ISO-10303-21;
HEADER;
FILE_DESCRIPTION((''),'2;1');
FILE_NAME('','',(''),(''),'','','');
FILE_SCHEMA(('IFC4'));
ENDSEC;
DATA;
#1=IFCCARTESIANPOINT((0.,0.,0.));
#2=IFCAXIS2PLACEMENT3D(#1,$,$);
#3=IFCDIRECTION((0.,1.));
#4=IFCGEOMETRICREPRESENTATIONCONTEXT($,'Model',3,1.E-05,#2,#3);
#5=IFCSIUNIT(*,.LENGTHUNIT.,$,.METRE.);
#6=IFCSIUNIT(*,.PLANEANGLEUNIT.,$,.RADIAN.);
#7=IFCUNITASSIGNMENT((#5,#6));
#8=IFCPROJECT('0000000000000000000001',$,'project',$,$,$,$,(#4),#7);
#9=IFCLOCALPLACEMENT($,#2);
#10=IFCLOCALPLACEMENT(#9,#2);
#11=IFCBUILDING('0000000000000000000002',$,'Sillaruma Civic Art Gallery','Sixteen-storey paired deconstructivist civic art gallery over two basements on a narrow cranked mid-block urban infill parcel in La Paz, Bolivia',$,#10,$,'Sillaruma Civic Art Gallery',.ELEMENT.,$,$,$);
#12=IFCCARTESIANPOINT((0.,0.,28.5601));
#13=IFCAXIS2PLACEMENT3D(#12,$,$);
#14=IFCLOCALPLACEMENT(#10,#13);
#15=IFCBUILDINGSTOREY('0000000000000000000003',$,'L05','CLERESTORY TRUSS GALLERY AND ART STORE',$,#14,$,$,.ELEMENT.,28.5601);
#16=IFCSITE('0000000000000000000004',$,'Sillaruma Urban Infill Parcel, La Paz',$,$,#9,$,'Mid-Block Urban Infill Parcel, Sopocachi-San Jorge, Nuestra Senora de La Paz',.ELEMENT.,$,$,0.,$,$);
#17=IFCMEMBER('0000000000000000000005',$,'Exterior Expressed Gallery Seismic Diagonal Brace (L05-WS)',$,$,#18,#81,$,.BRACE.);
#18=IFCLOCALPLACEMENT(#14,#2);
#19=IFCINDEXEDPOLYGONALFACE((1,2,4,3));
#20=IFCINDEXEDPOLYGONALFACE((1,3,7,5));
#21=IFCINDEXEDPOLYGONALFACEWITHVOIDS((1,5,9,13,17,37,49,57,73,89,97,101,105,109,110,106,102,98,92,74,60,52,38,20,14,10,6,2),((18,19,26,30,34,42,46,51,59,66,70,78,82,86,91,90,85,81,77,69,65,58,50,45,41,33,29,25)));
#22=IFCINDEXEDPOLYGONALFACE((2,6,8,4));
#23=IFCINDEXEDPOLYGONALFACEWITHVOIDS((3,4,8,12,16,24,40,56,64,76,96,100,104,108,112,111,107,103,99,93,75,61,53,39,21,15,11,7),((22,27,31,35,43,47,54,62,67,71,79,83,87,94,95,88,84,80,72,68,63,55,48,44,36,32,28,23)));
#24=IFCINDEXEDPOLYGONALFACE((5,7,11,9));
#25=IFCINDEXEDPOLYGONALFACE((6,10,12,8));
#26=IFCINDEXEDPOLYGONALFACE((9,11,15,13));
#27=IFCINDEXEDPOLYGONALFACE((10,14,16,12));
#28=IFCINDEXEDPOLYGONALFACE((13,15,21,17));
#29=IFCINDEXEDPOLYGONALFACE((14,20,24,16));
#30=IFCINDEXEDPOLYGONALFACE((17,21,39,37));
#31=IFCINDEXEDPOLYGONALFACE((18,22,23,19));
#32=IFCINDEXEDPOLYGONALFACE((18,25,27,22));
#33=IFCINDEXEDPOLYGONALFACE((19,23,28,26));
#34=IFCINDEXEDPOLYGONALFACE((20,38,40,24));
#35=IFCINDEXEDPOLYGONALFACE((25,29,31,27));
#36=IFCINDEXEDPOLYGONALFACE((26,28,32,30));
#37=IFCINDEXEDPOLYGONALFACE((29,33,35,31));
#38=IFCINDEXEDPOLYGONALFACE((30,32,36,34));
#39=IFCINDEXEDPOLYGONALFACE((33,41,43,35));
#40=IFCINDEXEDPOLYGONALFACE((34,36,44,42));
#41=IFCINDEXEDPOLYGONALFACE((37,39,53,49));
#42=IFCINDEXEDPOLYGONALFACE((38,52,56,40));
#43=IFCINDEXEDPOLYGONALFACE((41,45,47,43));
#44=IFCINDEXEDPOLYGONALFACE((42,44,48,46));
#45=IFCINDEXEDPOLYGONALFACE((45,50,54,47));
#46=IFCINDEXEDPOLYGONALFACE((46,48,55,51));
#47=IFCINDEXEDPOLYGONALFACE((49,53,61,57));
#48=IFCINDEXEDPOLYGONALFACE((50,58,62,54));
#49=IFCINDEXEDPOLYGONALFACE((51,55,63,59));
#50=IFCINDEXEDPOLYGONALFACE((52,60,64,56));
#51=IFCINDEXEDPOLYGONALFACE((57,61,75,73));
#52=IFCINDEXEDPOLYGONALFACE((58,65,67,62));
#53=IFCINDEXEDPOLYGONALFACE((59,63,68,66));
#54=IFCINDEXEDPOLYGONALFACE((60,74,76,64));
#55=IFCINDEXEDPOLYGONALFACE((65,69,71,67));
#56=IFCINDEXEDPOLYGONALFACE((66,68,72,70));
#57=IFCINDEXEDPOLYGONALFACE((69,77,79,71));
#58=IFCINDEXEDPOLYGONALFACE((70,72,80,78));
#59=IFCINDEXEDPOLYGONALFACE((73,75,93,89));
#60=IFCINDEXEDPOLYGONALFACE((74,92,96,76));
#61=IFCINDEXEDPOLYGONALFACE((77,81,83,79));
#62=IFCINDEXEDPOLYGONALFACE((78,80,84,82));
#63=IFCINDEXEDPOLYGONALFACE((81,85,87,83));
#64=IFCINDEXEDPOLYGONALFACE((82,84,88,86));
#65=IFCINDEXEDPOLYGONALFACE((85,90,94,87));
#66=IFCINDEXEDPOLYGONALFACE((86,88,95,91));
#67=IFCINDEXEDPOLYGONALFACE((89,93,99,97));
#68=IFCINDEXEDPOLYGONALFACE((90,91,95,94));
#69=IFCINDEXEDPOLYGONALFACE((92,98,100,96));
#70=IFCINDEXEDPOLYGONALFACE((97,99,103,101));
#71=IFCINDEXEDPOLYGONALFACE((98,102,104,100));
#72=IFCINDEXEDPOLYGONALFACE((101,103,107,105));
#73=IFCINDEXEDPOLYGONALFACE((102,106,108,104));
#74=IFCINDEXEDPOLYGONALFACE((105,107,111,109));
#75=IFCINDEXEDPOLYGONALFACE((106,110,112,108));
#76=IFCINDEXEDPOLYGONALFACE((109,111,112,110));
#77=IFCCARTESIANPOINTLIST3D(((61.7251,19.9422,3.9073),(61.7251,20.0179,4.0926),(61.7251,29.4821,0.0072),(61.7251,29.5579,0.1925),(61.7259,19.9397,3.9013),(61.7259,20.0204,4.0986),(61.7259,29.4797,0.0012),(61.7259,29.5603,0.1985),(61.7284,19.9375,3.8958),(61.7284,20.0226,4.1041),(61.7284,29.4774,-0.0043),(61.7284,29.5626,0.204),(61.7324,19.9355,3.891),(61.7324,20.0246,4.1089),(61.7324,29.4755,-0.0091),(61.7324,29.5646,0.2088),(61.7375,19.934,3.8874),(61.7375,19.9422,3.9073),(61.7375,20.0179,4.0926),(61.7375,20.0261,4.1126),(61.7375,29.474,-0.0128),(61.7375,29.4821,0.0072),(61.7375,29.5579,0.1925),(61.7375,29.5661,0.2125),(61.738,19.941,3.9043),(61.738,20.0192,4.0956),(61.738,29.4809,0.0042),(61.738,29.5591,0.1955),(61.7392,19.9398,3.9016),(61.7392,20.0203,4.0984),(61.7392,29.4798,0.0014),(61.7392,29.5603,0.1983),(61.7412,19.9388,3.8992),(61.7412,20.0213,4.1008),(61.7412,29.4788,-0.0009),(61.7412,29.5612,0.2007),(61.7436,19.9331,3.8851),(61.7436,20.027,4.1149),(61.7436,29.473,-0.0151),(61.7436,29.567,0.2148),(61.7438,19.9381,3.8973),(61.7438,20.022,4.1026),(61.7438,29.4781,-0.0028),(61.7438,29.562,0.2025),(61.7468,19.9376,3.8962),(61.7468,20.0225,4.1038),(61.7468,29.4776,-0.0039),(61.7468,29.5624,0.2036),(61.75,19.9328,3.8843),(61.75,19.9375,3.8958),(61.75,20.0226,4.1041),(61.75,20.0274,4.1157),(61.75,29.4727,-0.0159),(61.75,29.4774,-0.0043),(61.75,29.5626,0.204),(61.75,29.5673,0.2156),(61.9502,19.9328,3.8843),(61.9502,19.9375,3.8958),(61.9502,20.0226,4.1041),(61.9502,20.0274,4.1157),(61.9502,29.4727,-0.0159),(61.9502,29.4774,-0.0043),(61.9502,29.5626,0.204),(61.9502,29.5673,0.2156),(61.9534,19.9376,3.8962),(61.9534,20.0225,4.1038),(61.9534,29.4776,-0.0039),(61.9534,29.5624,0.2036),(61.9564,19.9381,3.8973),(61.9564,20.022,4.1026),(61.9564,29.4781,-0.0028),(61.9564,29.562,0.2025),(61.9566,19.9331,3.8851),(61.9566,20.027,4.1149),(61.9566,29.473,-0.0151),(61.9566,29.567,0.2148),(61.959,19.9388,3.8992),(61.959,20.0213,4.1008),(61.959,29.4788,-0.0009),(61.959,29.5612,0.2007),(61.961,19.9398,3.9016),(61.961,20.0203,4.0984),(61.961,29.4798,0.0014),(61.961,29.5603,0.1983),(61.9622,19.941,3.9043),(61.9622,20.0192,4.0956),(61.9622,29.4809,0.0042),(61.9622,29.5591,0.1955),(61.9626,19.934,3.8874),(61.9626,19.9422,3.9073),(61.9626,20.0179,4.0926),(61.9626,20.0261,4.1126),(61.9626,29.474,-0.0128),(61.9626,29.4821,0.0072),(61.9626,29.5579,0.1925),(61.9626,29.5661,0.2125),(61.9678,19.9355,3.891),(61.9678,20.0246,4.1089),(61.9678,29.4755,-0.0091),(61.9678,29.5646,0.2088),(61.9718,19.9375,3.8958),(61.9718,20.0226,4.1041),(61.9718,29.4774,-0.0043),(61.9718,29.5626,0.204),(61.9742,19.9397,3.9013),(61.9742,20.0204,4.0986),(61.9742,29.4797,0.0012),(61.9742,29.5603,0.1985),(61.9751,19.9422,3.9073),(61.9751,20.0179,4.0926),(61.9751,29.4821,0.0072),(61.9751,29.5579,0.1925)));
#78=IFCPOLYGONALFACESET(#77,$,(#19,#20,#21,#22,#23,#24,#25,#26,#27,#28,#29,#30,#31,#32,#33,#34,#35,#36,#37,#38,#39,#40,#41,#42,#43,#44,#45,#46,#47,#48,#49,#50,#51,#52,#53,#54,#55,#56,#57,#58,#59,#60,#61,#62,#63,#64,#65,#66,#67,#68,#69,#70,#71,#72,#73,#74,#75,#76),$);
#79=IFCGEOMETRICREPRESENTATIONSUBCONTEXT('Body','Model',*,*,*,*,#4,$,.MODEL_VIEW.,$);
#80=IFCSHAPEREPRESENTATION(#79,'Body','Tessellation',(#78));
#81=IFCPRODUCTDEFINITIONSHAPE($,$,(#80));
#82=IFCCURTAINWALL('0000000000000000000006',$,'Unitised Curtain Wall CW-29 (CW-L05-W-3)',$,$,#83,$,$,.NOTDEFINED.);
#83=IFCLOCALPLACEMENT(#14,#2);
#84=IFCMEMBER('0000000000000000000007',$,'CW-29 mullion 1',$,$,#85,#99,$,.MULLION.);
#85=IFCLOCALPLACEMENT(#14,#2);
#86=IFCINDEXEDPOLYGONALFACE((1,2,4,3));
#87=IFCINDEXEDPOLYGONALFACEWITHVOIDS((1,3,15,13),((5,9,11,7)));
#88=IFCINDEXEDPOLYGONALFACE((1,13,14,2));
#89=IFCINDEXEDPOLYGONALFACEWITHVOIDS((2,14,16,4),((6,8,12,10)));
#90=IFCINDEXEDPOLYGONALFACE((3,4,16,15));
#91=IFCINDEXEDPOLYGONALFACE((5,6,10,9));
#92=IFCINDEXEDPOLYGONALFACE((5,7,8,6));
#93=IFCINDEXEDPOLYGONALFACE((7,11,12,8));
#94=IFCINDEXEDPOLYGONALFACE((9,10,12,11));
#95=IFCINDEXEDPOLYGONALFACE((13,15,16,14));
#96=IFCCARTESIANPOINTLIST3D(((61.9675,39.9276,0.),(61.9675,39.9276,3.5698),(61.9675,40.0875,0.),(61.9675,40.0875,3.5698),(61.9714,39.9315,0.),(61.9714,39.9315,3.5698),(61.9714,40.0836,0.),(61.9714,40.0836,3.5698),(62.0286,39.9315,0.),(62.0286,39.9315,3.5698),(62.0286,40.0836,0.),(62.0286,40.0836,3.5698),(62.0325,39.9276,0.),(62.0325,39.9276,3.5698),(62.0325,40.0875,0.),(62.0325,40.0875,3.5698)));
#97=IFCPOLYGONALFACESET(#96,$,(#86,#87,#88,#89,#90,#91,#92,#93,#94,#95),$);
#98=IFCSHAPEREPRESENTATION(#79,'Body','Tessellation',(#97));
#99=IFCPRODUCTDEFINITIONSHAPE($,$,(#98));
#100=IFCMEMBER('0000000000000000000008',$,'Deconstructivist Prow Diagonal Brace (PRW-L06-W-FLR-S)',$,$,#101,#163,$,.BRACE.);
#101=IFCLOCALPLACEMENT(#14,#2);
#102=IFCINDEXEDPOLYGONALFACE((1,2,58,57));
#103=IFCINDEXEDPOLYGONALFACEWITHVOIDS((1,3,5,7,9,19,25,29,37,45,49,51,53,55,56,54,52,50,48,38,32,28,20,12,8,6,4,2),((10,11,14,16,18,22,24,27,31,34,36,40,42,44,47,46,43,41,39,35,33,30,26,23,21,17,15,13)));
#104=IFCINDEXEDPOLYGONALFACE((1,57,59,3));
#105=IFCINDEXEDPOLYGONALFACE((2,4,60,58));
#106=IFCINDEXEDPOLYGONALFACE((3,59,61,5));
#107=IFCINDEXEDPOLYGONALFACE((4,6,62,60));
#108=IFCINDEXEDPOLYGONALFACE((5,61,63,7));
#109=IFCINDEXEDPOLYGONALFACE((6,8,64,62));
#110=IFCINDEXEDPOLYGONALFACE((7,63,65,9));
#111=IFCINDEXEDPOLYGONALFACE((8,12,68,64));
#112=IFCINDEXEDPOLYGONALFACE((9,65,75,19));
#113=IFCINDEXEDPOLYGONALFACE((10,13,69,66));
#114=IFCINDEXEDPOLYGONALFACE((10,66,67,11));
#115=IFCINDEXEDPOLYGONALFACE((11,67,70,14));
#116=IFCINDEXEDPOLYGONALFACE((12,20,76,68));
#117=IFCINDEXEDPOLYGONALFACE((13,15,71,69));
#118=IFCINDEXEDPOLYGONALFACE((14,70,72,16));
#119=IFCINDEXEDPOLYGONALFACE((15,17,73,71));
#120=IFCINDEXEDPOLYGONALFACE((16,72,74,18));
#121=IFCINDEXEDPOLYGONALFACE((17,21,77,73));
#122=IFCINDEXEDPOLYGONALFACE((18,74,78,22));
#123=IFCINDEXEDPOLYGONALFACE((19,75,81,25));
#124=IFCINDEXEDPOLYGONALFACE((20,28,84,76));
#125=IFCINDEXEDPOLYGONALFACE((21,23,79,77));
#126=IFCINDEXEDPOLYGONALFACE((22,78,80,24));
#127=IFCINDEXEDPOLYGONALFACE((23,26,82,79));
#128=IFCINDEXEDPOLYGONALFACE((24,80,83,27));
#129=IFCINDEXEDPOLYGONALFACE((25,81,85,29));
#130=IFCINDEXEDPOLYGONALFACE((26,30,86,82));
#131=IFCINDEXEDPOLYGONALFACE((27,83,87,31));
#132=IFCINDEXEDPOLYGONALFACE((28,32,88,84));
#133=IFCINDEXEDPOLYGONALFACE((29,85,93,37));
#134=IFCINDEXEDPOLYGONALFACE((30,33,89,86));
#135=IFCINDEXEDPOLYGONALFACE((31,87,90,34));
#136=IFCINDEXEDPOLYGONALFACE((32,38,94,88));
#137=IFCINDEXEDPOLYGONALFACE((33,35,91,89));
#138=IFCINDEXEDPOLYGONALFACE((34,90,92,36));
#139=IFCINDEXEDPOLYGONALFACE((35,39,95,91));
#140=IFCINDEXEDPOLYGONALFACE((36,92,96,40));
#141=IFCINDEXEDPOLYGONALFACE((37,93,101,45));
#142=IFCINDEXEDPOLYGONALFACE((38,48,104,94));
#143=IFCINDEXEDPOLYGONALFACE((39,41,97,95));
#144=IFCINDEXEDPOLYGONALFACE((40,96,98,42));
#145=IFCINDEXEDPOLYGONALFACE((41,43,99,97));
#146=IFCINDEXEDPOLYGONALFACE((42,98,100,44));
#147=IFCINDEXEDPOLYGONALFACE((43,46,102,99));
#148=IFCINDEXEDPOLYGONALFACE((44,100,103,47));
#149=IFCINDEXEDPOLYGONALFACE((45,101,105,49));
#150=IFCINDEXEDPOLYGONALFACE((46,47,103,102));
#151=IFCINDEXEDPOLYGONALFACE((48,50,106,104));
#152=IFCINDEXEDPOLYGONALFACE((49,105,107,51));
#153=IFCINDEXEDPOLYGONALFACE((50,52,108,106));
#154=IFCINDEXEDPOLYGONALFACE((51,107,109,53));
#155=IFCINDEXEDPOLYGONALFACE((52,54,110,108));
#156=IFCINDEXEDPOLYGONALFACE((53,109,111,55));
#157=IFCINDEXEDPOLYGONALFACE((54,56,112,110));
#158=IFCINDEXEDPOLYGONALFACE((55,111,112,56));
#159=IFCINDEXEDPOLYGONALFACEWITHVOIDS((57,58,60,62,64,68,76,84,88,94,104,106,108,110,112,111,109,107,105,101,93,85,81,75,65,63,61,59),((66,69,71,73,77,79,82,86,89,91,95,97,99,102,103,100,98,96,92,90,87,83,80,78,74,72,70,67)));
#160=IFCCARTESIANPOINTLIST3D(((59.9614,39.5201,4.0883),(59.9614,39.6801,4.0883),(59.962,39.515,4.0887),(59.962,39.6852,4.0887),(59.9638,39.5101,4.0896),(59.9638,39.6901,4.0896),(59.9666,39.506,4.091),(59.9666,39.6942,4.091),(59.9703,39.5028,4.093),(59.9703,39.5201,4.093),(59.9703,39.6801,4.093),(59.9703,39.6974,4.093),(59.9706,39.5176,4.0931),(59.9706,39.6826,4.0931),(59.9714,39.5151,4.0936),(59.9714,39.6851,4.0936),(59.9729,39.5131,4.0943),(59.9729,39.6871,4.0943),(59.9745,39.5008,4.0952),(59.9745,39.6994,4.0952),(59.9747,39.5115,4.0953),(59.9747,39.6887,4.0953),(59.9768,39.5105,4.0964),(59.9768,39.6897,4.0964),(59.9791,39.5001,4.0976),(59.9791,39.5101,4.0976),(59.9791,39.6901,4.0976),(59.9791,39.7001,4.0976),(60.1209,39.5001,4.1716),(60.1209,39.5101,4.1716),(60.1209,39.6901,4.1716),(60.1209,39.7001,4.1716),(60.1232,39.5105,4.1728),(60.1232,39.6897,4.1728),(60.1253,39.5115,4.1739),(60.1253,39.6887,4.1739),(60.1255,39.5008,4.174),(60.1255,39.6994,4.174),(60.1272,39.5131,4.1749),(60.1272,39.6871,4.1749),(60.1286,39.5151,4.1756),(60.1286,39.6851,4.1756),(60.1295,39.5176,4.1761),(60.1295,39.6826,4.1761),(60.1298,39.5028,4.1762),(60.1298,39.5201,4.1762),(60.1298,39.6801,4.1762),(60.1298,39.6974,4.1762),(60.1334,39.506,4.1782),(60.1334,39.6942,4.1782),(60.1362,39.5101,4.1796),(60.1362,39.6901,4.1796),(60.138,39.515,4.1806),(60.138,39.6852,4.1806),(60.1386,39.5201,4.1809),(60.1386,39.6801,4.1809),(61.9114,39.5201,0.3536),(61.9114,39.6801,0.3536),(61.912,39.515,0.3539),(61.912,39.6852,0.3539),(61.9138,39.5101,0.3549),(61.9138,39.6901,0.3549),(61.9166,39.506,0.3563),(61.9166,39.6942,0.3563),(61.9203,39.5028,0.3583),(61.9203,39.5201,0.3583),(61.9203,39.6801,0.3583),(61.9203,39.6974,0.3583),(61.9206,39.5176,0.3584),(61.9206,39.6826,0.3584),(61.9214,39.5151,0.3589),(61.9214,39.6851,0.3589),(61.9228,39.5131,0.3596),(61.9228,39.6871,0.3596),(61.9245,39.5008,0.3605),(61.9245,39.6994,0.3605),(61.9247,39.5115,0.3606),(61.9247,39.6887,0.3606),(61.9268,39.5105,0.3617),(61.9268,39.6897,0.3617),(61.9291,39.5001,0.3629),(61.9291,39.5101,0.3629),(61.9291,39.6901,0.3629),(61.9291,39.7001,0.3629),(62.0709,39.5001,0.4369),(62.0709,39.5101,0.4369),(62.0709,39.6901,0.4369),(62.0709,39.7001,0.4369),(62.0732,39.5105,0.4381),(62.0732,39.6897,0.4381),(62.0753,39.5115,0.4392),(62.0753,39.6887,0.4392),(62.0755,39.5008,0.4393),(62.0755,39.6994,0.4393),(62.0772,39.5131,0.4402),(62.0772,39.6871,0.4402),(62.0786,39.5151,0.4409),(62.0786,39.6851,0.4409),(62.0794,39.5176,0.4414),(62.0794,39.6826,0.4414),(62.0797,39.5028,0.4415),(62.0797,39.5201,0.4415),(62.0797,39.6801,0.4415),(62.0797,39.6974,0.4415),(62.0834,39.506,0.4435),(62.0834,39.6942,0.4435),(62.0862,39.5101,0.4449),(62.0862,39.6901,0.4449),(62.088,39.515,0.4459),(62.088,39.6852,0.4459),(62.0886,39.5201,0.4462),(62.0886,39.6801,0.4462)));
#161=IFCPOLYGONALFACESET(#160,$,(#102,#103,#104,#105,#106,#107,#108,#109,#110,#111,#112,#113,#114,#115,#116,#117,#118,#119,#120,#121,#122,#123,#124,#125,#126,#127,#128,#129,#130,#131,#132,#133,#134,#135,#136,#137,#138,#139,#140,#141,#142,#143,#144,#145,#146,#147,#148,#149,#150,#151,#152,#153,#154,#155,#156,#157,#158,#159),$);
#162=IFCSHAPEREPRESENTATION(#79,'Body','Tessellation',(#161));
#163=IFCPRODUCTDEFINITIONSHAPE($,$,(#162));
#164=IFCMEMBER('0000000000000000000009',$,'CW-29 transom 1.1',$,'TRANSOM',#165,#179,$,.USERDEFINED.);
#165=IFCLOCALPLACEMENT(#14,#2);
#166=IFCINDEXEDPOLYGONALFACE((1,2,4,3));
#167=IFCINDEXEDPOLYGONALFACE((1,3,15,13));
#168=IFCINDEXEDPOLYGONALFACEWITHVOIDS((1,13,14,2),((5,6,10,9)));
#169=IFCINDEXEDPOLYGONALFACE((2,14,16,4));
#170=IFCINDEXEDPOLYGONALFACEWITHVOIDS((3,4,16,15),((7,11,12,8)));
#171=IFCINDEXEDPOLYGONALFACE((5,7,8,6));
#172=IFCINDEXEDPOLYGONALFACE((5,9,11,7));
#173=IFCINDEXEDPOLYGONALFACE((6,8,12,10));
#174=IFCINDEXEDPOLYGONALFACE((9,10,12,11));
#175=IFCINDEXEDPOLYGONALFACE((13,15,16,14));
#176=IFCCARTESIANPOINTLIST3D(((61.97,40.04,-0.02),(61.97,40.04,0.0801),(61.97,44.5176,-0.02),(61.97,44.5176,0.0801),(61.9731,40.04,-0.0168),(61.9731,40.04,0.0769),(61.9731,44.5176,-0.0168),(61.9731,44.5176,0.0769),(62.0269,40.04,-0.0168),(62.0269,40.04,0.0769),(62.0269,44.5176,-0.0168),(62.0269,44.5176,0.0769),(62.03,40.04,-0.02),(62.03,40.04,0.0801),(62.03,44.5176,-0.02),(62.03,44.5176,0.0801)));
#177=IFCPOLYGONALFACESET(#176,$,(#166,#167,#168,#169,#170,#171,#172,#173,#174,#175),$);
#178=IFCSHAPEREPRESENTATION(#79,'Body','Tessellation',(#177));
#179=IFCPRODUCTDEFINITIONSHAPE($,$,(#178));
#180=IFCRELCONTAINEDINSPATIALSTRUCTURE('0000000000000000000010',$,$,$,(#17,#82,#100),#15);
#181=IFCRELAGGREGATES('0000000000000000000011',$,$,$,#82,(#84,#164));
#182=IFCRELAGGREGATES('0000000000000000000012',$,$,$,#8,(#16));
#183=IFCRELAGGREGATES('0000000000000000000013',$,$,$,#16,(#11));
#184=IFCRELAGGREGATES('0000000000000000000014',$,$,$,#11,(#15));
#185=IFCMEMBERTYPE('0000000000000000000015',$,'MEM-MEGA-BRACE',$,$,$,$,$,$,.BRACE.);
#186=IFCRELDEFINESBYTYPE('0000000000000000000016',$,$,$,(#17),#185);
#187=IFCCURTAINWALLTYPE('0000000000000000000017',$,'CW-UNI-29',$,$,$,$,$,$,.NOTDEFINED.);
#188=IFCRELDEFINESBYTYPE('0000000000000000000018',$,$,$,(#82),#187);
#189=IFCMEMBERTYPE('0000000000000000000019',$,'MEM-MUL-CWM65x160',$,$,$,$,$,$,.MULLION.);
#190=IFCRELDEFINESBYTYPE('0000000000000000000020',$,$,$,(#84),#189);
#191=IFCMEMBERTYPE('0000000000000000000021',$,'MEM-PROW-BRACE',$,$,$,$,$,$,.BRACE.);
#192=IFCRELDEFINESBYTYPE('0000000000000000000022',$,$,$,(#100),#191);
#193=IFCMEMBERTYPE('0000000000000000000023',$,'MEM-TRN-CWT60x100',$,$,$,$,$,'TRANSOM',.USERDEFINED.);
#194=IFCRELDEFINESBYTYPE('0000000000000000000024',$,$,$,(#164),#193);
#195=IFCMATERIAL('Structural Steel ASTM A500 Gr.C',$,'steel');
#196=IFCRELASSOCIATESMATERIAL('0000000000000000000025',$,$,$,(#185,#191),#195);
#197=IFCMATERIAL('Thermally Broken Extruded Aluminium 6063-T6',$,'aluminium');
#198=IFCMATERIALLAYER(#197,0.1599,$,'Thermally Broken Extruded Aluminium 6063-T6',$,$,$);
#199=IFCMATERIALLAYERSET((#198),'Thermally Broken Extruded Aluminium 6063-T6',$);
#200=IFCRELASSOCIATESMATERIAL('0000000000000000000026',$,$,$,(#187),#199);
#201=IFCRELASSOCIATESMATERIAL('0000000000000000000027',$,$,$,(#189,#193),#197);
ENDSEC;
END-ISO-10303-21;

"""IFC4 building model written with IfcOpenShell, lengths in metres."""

from ifc_helpers import new_model, si_unit, direction, frame, origin, origin_2d, place, context, subcontext, project, spatial, hollow_rectangle, extrude, material, layer, layer_set, material_profile, profile_set, type_object, element, aggregate, save


model = new_model("IFC4")

# Units and contexts
model_context = context("Model", 3, precision=1e-05, world=origin(), true_north=direction((0.0, 1.0)))
body_context = subcontext(model_context, "Body", "Model", "MODEL_VIEW")
ifc_project = project(units=[si_unit("LENGTHUNIT", "METRE"), si_unit("PLANEANGLEUNIT", "RADIAN")], contexts=[model_context])

# Site, building, storey
site_placement = place(None, origin())
site = spatial("IfcSite", under=ifc_project, at=site_placement, Name="Sillaruma Urban Infill Parcel, La Paz", LongName="Mid-Block Urban Infill Parcel, Sopocachi-San Jorge, Nuestra Senora de La Paz", CompositionType="ELEMENT", RefElevation=0.0)
building_placement = place(site_placement, origin())
building = spatial("IfcBuilding", under=site, at=building_placement, Name="Sillaruma Civic Art Gallery", Description="Sixteen-storey paired deconstructivist civic art gallery over two basements on a narrow cranked mid-block urban infill parcel in La Paz, Bolivia", LongName="Sillaruma Civic Art Gallery", CompositionType="ELEMENT")
storey_placement = place(building_placement, frame((0.0, 0.0, 28.5601)))
storey = spatial("IfcBuildingStorey", under=building, at=storey_placement, Name="L05", Description="CLERESTORY TRUSS GALLERY AND ART STORE", CompositionType="ELEMENT", Elevation=28.5601)

# Member
ifc_material_1 = material(Name="Structural Steel ASTM A500 Gr.C", Category="steel")
ifc_material_profile_1 = material_profile(ifc_material_1, hollow_rectangle(XDim=0.25, YDim=0.25, WallThickness=0.0125, InnerFilletRadius=0.0125, OuterFilletRadius=0.0249, at=origin_2d()), Name="HSS250x250x12.5")
ifc_profile_set_1 = profile_set([ifc_material_profile_1], Name="Structural Steel ASTM A500 Gr.C")
member_type_1 = type_object("IfcMemberType", Name="MEM-MEGA-BRACE", PredefinedType="BRACE", material=ifc_profile_set_1)
member_1_placement = place(storey_placement, frame((61.8501, 29.52, 0.0999), z_axis=(0.0, -0.925635, 0.378417), x_axis=(1.0, 0.0, 0.0)))
element("IfcMember", 1, at=member_1_placement, inside=storey, type_object=member_type_1, Name="Exterior Expressed Gallery Seismic Diagonal Brace (L05-WS)", PredefinedType="BRACE", context=body_context, shape_type="SweptSolid", body=[
    extrude(hollow_rectangle(XDim=0.25, YDim=0.25, WallThickness=0.0125, InnerFilletRadius=0.0125, OuterFilletRadius=0.0249, at=origin_2d()), origin(), (0.0, 0.0, 1.0), 10.3064),
])

# Curtain wall, member
ifc_material_2 = material(Name="Thermally Broken Extruded Aluminium 6063-T6", Category="aluminium")
ifc_layer_1 = layer(ifc_material_2, 0.1599, Name="Thermally Broken Extruded Aluminium 6063-T6")
ifc_layer_set_1 = layer_set([ifc_layer_1], Name="Thermally Broken Extruded Aluminium 6063-T6")
curtain_wall_type = type_object("IfcCurtainWallType", Name="CW-UNI-29", PredefinedType="NOTDEFINED", material=ifc_layer_set_1)
curtain_wall_placement = place(storey_placement, origin())
curtain_wall = element("IfcCurtainWall", 2, at=curtain_wall_placement, inside=storey, type_object=curtain_wall_type, Name="Unitised Curtain Wall CW-29 (CW-L05-W-3)", PredefinedType="NOTDEFINED")
ifc_material_profile_2 = material_profile(ifc_material_2, hollow_rectangle(XDim=0.0649, YDim=0.1599, WallThickness=0.0039, at=origin_2d()), Name="CWM65x160")
ifc_profile_set_2 = profile_set([ifc_material_profile_2], Name="Thermally Broken Extruded Aluminium 6063-T6")
member_type_2 = type_object("IfcMemberType", Name="MEM-MUL-CWM65x160", PredefinedType="MULLION", material=ifc_profile_set_2)
member_2_placement = place(storey_placement, frame((62.0, 40.0076, 0.0), z_axis=(0.0, 0.0, 1.0), x_axis=(-1.0, 0.0, 0.0)))
member_2 = element("IfcMember", 3, at=member_2_placement, type_object=member_type_2, Name="CW-29 mullion 1", PredefinedType="MULLION", context=body_context, shape_type="SweptSolid", body=[
    extrude(hollow_rectangle(XDim=0.0649, YDim=0.1599, WallThickness=0.0039, at=origin_2d()), origin(), (0.0, 0.0, 1.0), 3.5698),
])

# Members
ifc_material_profile_3 = material_profile(ifc_material_1, hollow_rectangle(XDim=0.2, YDim=0.2, WallThickness=0.01, InnerFilletRadius=0.01, OuterFilletRadius=0.02, at=origin_2d()), Name="HSS200x200x10")
ifc_profile_set_3 = profile_set([ifc_material_profile_3], Name="Structural Steel ASTM A500 Gr.C")
member_type_3 = type_object("IfcMemberType", Name="MEM-PROW-BRACE", PredefinedType="BRACE", material=ifc_profile_set_3)
member_3_placement = place(storey_placement, frame((62.0, 39.6001, 0.3999), z_axis=(-0.462837, 0.0, 0.886443), x_axis=(0.0, -1.0, 0.0)))
element("IfcMember", 4, at=member_3_placement, inside=storey, type_object=member_type_3, Name="Deconstructivist Prow Diagonal Brace (PRW-L06-W-FLR-S)", PredefinedType="BRACE", context=body_context, shape_type="SweptSolid", body=[
    extrude(hollow_rectangle(XDim=0.2, YDim=0.2, WallThickness=0.01, InnerFilletRadius=0.01, OuterFilletRadius=0.02, at=origin_2d()), origin(), (0.0, 0.0, 1.0), 4.2131),
])
ifc_material_profile_4 = material_profile(ifc_material_2, hollow_rectangle(XDim=0.0601, YDim=0.1001, WallThickness=0.0032, at=origin_2d()), Name="CWT60x100")
ifc_profile_set_4 = profile_set([ifc_material_profile_4], Name="Thermally Broken Extruded Aluminium 6063-T6")
member_type_4 = type_object("IfcMemberType", Name="MEM-TRN-CWT60x100", ElementType="TRANSOM", PredefinedType="USERDEFINED", material=ifc_profile_set_4)
member_4_placement = place(storey_placement, frame((62.0, 40.04, 0.03), z_axis=(0.0, 1.0, 0.0), x_axis=(-1.0, 0.0, 0.0)))
member_4 = element("IfcMember", 5, at=member_4_placement, type_object=member_type_4, Name="CW-29 transom 1.1", ObjectType="TRANSOM", PredefinedType="USERDEFINED", context=body_context, shape_type="SweptSolid", body=[
    extrude(hollow_rectangle(XDim=0.0601, YDim=0.1001, WallThickness=0.0032, at=origin_2d()), origin(), (0.0, 0.0, 1.0), 4.4775),
])
aggregate(curtain_wall, [member_2, member_4])

save(model, "model.ifc")
